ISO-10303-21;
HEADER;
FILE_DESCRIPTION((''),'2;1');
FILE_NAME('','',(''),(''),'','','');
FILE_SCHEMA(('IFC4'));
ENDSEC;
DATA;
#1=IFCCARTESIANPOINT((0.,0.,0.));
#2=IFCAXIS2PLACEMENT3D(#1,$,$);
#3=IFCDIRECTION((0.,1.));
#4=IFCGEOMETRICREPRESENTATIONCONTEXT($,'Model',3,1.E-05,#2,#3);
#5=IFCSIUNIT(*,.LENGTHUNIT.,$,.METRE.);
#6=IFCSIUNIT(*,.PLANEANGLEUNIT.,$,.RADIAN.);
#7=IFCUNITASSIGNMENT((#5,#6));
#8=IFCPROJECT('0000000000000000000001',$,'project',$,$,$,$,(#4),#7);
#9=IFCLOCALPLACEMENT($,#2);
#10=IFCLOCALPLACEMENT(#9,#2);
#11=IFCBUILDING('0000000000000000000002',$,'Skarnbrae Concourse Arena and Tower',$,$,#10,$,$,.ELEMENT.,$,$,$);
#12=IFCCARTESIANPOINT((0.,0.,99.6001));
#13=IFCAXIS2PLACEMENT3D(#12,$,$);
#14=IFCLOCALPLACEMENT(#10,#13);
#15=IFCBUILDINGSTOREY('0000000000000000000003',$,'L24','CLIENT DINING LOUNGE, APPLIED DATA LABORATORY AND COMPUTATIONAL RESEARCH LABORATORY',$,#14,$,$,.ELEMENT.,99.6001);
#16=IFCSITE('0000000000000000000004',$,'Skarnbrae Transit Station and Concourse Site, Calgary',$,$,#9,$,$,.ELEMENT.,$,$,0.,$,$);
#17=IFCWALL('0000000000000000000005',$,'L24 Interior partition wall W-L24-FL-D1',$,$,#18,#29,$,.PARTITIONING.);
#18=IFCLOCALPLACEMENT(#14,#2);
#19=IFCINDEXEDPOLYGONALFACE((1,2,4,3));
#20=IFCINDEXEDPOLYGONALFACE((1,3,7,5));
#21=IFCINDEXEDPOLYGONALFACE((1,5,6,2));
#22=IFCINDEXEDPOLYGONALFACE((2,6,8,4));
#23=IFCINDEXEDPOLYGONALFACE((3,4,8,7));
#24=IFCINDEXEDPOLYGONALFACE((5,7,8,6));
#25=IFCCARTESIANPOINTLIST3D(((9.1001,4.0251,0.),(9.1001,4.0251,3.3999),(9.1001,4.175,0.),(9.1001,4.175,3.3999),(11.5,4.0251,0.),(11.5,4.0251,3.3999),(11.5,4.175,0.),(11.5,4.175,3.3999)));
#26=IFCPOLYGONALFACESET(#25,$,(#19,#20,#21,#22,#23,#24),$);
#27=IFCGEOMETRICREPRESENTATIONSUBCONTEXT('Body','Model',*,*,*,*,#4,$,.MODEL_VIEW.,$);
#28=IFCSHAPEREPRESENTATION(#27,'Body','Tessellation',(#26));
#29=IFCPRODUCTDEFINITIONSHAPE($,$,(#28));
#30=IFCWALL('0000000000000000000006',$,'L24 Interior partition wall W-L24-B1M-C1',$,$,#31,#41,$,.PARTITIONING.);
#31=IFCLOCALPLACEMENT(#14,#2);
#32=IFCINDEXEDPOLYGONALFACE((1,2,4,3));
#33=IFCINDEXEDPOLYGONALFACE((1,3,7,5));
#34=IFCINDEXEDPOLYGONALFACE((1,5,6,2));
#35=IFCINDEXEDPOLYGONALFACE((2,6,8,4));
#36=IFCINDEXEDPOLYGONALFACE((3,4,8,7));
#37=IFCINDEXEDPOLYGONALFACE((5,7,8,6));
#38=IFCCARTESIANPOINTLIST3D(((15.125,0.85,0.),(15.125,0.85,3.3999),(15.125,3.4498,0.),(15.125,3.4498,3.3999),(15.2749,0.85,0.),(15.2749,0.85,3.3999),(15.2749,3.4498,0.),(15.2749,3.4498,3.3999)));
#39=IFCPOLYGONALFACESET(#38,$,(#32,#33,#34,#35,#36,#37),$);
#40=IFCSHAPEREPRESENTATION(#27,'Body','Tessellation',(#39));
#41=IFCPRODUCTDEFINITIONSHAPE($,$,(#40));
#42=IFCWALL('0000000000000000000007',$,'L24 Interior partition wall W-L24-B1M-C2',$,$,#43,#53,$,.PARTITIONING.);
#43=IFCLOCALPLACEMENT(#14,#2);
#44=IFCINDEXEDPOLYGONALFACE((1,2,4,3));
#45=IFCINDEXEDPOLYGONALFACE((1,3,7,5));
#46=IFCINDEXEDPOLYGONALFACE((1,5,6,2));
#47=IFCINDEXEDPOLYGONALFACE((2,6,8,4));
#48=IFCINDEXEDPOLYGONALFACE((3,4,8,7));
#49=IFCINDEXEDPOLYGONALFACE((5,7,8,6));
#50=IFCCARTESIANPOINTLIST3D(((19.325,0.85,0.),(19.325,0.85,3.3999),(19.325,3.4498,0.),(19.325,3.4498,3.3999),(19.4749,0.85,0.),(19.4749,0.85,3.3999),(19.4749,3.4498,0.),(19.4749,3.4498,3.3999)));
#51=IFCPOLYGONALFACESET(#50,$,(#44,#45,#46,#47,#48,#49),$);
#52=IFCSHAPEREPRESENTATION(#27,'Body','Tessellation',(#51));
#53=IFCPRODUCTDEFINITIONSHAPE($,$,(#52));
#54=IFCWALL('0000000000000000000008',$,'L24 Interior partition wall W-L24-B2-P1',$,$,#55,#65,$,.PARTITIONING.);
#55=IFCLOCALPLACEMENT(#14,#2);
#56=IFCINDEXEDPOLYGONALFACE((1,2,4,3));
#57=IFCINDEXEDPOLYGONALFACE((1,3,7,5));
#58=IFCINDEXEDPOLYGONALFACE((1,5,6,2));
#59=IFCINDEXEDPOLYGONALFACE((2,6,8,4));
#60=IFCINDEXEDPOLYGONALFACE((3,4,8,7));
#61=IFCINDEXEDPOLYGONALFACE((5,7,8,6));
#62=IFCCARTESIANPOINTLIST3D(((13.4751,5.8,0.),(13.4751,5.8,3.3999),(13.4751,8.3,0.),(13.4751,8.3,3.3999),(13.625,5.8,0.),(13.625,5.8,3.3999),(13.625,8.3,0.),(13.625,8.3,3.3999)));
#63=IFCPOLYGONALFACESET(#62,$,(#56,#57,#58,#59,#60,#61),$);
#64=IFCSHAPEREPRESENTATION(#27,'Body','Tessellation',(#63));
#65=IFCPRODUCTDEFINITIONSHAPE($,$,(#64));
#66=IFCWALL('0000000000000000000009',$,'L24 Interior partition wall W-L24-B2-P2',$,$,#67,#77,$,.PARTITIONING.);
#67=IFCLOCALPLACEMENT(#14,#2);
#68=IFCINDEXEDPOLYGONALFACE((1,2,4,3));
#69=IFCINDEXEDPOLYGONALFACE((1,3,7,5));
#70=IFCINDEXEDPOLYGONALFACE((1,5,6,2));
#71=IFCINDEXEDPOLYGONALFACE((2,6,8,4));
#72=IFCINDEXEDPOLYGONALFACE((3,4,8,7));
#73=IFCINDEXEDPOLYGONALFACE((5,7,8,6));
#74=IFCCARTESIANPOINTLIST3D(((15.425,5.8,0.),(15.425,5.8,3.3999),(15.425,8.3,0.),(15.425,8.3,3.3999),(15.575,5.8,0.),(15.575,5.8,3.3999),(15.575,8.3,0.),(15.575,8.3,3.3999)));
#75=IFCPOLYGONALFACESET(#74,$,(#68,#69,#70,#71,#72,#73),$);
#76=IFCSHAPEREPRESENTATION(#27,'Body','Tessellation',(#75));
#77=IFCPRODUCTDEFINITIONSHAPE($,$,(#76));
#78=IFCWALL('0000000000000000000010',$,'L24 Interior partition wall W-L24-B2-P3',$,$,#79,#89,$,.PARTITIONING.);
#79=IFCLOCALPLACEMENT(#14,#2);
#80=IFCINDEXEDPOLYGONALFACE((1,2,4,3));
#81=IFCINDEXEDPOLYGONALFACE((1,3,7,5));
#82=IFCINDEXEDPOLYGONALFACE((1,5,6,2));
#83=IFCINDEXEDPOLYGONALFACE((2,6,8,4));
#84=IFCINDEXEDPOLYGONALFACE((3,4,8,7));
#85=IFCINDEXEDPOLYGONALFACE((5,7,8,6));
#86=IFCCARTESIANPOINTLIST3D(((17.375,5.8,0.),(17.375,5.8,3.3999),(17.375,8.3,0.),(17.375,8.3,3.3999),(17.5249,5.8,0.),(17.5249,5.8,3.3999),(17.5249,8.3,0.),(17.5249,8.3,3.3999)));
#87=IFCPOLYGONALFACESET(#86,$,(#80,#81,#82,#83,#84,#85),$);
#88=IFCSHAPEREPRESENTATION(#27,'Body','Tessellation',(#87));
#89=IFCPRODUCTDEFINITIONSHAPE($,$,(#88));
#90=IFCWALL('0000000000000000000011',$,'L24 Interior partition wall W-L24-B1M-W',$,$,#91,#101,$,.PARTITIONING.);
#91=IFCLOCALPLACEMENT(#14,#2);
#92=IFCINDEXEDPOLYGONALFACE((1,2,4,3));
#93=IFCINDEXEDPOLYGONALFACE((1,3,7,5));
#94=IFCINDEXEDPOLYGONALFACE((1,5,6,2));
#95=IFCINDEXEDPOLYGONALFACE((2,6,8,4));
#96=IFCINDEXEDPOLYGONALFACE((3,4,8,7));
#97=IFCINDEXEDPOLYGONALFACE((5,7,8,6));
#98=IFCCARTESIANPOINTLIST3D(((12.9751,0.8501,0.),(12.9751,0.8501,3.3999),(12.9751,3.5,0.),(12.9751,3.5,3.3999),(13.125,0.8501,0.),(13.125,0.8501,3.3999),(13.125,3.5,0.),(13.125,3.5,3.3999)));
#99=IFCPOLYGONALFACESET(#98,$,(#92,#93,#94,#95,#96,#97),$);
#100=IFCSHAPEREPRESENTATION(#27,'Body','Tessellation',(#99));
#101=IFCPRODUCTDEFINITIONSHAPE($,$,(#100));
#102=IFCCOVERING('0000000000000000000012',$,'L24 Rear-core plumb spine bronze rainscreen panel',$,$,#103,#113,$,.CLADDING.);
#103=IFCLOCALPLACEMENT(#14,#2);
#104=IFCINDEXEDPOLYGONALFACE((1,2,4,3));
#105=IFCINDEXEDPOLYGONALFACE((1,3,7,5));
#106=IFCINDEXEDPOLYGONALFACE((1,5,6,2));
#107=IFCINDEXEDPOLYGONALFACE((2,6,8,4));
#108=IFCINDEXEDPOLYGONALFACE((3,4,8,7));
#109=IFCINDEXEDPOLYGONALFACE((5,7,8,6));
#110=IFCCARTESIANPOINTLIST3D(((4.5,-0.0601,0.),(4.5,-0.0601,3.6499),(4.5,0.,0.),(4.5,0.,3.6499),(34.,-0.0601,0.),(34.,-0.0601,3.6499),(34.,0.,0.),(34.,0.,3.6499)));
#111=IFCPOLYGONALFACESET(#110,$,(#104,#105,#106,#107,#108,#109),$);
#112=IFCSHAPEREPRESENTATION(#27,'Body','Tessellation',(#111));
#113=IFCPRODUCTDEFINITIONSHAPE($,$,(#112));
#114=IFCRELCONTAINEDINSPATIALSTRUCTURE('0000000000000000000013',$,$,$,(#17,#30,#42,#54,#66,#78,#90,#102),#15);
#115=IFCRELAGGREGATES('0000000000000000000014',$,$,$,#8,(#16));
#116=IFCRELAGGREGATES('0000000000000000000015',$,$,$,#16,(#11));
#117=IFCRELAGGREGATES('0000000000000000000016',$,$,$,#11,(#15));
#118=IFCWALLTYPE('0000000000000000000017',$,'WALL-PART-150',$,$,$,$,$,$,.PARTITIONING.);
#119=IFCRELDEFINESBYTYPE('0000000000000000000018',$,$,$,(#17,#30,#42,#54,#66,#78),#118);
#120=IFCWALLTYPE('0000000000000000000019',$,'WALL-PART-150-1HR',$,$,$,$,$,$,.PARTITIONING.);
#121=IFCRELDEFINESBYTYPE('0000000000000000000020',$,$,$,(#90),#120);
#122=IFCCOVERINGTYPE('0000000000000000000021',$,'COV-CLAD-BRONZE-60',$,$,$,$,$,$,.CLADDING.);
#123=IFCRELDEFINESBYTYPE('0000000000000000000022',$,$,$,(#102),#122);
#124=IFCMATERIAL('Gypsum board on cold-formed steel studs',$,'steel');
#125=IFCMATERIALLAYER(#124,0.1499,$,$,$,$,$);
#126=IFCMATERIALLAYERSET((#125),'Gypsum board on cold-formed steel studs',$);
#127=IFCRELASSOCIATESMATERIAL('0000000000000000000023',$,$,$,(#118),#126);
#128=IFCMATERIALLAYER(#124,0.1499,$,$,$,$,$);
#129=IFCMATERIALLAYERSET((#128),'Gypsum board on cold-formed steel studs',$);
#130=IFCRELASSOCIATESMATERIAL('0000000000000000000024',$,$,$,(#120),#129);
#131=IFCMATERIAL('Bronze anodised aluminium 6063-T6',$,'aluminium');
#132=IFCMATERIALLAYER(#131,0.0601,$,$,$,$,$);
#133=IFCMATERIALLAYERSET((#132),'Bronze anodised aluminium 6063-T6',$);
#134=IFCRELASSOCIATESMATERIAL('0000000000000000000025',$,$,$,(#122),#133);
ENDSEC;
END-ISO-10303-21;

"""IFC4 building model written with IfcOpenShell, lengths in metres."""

from ifc_helpers import new_model, si_unit, direction, frame, frame_2d, origin, origin_2d, place, context, subcontext, project, spatial, rectangle, extrude, source, transform, mapped, material, layer, layer_set, type_object, element, save


model = new_model("IFC4")

# Units and contexts
model_context = context("Model", 3, precision=1e-05, world=origin(), true_north=direction((0.0, 1.0)))
body_context = subcontext(model_context, "Body", "Model", "MODEL_VIEW")
ifc_project = project(units=[si_unit("LENGTHUNIT", "METRE"), si_unit("PLANEANGLEUNIT", "RADIAN")], contexts=[model_context])

# Site, building, storey
site_placement = place(None, origin())
site = spatial("IfcSite", under=ifc_project, at=site_placement, Name="Skarnbrae Transit Station and Concourse Site, Calgary", CompositionType="ELEMENT", RefElevation=0.0)
building_placement = place(site_placement, origin())
building = spatial("IfcBuilding", under=site, at=building_placement, Name="Skarnbrae Concourse Arena and Tower", CompositionType="ELEMENT")
storey_placement = place(building_placement, frame((0.0, 0.0, 99.6001)))
storey = spatial("IfcBuildingStorey", under=building, at=storey_placement, Name="L24", Description="CLIENT DINING LOUNGE, APPLIED DATA LABORATORY AND COMPUTATIONAL RESEARCH LABORATORY", CompositionType="ELEMENT", Elevation=99.6001)

# Shared definitions
ifc_material_1 = material(Name="Gypsum board on cold-formed steel studs", Category="steel")

# Walls
ifc_layer_1 = layer(ifc_material_1, 0.1499)
ifc_layer_set_1 = layer_set([ifc_layer_1], Name="Gypsum board on cold-formed steel studs")
wall_type_1 = type_object("IfcWallType", Name="WALL-PART-150", PredefinedType="PARTITIONING", material=ifc_layer_set_1)
shared_shape_1 = source(origin(), body_context, "Body", "SweptSolid", [
    extrude(rectangle(XDim=2.3999, YDim=0.1499, at=frame_2d((1.2, 0.0))), origin(), (0.0, 0.0, 1.0), 3.3999),
])
wall_1_placement = place(storey_placement, frame((9.1001, 4.1001, 0.0), z_axis=(0.0, 0.0, 1.0), x_axis=(1.0, 0.0, 0.0)))
element("IfcWall", 1, at=wall_1_placement, inside=storey, type_object=wall_type_1, Name="L24 Interior partition wall W-L24-FL-D1", PredefinedType="PARTITIONING", context=body_context, shape_type="MappedRepresentation", body=[
    mapped(shared_shape_1, transform((0.0, 0.0, 0.0))),
])
shared_shape_2 = source(origin(), body_context, "Body", "SweptSolid", [
    extrude(rectangle(XDim=2.5999, YDim=0.1499, at=frame_2d((1.2998, 0.0))), origin(), (0.0, 0.0, 1.0), 3.3999),
])
for number, where, z_axis, x_axis, name in (
    (2, (15.2, 0.8501, 0.0), (0.0, 0.0, 1.0), (0.0, 1.0, 0.0), "L24 Interior partition wall W-L24-B1M-C1"),
    (3, (19.3999, 0.8501, 0.0), (0.0, 0.0, 1.0), (0.0, 1.0, 0.0), "L24 Interior partition wall W-L24-B1M-C2"),
):
    element("IfcWall", number, at=place(storey_placement, frame(where, z_axis=z_axis, x_axis=x_axis)), inside=storey, type_object=wall_type_1, Name=name, PredefinedType="PARTITIONING", context=body_context, shape_type="MappedRepresentation", body=[
        mapped(shared_shape_2, transform((0.0, 0.0, 0.0))),
    ])

# Shared definitions
ifc_material_2 = material(Name="Bronze anodised aluminium 6063-T6", Category="aluminium")

# Walls
shared_shape_3 = source(origin(), body_context, "Body", "SweptSolid", [
    extrude(rectangle(XDim=2.5, YDim=0.1499, at=frame_2d((1.25, 0.0))), origin(), (0.0, 0.0, 1.0), 3.3999),
])
for number, where, z_axis, x_axis, name in (
    (4, (13.55, 5.8, 0.0), (0.0, 0.0, 1.0), (0.0, 1.0, 0.0), "L24 Interior partition wall W-L24-B2-P1"),
    (5, (15.5, 5.8, 0.0), (0.0, 0.0, 1.0), (0.0, 1.0, 0.0), "L24 Interior partition wall W-L24-B2-P2"),
    (6, (17.45, 5.8, 0.0), (0.0, 0.0, 1.0), (0.0, 1.0, 0.0), "L24 Interior partition wall W-L24-B2-P3"),
):
    element("IfcWall", number, at=place(storey_placement, frame(where, z_axis=z_axis, x_axis=x_axis)), inside=storey, type_object=wall_type_1, Name=name, PredefinedType="PARTITIONING", context=body_context, shape_type="MappedRepresentation", body=[
        mapped(shared_shape_3, transform((0.0, 0.0, 0.0))),
    ])
ifc_layer_2 = layer(ifc_material_1, 0.1499)
ifc_layer_set_2 = layer_set([ifc_layer_2], Name="Gypsum board on cold-formed steel studs")
wall_type_2 = type_object("IfcWallType", Name="WALL-PART-150-1HR", PredefinedType="PARTITIONING", material=ifc_layer_set_2)
shared_shape_4 = source(origin(), body_context, "Body", "SweptSolid", [
    extrude(rectangle(XDim=2.6499, YDim=0.1499, at=frame_2d((1.325, 0.0))), origin(), (0.0, 0.0, 1.0), 3.3999),
])
wall_2_placement = place(storey_placement, frame((13.05, 0.8501, 0.0), z_axis=(0.0, 0.0, 1.0), x_axis=(0.0, 1.0, 0.0)))
element("IfcWall", 7, at=wall_2_placement, inside=storey, type_object=wall_type_2, Name="L24 Interior partition wall W-L24-B1M-W", PredefinedType="PARTITIONING", context=body_context, shape_type="MappedRepresentation", body=[
    mapped(shared_shape_4, transform((0.0, 0.0, 0.0))),
])

# Covering
ifc_layer_3 = layer(ifc_material_2, 0.0601)
ifc_layer_set_3 = layer_set([ifc_layer_3], Name="Bronze anodised aluminium 6063-T6")
covering_type = type_object("IfcCoveringType", Name="COV-CLAD-BRONZE-60", PredefinedType="CLADDING", material=ifc_layer_set_3)
shared_shape_5 = source(origin(), body_context, "Body", "SweptSolid", [
    extrude(rectangle(XDim=29.5, YDim=0.0601, at=origin_2d()), origin(), (0.0, 0.0, 1.0), 3.6499),
])
covering_placement = place(storey_placement, frame((19.25, -0.03, 0.0), z_axis=(0.0, 0.0, 1.0), x_axis=(1.0, 0.0, 0.0)))
element("IfcCovering", 8, at=covering_placement, inside=storey, type_object=covering_type, Name="L24 Rear-core plumb spine bronze rainscreen panel", PredefinedType="CLADDING", context=body_context, shape_type="MappedRepresentation", body=[
    mapped(shared_shape_5, transform((0.0, 0.0, 0.0))),
])

save(model, "model.ifc")
